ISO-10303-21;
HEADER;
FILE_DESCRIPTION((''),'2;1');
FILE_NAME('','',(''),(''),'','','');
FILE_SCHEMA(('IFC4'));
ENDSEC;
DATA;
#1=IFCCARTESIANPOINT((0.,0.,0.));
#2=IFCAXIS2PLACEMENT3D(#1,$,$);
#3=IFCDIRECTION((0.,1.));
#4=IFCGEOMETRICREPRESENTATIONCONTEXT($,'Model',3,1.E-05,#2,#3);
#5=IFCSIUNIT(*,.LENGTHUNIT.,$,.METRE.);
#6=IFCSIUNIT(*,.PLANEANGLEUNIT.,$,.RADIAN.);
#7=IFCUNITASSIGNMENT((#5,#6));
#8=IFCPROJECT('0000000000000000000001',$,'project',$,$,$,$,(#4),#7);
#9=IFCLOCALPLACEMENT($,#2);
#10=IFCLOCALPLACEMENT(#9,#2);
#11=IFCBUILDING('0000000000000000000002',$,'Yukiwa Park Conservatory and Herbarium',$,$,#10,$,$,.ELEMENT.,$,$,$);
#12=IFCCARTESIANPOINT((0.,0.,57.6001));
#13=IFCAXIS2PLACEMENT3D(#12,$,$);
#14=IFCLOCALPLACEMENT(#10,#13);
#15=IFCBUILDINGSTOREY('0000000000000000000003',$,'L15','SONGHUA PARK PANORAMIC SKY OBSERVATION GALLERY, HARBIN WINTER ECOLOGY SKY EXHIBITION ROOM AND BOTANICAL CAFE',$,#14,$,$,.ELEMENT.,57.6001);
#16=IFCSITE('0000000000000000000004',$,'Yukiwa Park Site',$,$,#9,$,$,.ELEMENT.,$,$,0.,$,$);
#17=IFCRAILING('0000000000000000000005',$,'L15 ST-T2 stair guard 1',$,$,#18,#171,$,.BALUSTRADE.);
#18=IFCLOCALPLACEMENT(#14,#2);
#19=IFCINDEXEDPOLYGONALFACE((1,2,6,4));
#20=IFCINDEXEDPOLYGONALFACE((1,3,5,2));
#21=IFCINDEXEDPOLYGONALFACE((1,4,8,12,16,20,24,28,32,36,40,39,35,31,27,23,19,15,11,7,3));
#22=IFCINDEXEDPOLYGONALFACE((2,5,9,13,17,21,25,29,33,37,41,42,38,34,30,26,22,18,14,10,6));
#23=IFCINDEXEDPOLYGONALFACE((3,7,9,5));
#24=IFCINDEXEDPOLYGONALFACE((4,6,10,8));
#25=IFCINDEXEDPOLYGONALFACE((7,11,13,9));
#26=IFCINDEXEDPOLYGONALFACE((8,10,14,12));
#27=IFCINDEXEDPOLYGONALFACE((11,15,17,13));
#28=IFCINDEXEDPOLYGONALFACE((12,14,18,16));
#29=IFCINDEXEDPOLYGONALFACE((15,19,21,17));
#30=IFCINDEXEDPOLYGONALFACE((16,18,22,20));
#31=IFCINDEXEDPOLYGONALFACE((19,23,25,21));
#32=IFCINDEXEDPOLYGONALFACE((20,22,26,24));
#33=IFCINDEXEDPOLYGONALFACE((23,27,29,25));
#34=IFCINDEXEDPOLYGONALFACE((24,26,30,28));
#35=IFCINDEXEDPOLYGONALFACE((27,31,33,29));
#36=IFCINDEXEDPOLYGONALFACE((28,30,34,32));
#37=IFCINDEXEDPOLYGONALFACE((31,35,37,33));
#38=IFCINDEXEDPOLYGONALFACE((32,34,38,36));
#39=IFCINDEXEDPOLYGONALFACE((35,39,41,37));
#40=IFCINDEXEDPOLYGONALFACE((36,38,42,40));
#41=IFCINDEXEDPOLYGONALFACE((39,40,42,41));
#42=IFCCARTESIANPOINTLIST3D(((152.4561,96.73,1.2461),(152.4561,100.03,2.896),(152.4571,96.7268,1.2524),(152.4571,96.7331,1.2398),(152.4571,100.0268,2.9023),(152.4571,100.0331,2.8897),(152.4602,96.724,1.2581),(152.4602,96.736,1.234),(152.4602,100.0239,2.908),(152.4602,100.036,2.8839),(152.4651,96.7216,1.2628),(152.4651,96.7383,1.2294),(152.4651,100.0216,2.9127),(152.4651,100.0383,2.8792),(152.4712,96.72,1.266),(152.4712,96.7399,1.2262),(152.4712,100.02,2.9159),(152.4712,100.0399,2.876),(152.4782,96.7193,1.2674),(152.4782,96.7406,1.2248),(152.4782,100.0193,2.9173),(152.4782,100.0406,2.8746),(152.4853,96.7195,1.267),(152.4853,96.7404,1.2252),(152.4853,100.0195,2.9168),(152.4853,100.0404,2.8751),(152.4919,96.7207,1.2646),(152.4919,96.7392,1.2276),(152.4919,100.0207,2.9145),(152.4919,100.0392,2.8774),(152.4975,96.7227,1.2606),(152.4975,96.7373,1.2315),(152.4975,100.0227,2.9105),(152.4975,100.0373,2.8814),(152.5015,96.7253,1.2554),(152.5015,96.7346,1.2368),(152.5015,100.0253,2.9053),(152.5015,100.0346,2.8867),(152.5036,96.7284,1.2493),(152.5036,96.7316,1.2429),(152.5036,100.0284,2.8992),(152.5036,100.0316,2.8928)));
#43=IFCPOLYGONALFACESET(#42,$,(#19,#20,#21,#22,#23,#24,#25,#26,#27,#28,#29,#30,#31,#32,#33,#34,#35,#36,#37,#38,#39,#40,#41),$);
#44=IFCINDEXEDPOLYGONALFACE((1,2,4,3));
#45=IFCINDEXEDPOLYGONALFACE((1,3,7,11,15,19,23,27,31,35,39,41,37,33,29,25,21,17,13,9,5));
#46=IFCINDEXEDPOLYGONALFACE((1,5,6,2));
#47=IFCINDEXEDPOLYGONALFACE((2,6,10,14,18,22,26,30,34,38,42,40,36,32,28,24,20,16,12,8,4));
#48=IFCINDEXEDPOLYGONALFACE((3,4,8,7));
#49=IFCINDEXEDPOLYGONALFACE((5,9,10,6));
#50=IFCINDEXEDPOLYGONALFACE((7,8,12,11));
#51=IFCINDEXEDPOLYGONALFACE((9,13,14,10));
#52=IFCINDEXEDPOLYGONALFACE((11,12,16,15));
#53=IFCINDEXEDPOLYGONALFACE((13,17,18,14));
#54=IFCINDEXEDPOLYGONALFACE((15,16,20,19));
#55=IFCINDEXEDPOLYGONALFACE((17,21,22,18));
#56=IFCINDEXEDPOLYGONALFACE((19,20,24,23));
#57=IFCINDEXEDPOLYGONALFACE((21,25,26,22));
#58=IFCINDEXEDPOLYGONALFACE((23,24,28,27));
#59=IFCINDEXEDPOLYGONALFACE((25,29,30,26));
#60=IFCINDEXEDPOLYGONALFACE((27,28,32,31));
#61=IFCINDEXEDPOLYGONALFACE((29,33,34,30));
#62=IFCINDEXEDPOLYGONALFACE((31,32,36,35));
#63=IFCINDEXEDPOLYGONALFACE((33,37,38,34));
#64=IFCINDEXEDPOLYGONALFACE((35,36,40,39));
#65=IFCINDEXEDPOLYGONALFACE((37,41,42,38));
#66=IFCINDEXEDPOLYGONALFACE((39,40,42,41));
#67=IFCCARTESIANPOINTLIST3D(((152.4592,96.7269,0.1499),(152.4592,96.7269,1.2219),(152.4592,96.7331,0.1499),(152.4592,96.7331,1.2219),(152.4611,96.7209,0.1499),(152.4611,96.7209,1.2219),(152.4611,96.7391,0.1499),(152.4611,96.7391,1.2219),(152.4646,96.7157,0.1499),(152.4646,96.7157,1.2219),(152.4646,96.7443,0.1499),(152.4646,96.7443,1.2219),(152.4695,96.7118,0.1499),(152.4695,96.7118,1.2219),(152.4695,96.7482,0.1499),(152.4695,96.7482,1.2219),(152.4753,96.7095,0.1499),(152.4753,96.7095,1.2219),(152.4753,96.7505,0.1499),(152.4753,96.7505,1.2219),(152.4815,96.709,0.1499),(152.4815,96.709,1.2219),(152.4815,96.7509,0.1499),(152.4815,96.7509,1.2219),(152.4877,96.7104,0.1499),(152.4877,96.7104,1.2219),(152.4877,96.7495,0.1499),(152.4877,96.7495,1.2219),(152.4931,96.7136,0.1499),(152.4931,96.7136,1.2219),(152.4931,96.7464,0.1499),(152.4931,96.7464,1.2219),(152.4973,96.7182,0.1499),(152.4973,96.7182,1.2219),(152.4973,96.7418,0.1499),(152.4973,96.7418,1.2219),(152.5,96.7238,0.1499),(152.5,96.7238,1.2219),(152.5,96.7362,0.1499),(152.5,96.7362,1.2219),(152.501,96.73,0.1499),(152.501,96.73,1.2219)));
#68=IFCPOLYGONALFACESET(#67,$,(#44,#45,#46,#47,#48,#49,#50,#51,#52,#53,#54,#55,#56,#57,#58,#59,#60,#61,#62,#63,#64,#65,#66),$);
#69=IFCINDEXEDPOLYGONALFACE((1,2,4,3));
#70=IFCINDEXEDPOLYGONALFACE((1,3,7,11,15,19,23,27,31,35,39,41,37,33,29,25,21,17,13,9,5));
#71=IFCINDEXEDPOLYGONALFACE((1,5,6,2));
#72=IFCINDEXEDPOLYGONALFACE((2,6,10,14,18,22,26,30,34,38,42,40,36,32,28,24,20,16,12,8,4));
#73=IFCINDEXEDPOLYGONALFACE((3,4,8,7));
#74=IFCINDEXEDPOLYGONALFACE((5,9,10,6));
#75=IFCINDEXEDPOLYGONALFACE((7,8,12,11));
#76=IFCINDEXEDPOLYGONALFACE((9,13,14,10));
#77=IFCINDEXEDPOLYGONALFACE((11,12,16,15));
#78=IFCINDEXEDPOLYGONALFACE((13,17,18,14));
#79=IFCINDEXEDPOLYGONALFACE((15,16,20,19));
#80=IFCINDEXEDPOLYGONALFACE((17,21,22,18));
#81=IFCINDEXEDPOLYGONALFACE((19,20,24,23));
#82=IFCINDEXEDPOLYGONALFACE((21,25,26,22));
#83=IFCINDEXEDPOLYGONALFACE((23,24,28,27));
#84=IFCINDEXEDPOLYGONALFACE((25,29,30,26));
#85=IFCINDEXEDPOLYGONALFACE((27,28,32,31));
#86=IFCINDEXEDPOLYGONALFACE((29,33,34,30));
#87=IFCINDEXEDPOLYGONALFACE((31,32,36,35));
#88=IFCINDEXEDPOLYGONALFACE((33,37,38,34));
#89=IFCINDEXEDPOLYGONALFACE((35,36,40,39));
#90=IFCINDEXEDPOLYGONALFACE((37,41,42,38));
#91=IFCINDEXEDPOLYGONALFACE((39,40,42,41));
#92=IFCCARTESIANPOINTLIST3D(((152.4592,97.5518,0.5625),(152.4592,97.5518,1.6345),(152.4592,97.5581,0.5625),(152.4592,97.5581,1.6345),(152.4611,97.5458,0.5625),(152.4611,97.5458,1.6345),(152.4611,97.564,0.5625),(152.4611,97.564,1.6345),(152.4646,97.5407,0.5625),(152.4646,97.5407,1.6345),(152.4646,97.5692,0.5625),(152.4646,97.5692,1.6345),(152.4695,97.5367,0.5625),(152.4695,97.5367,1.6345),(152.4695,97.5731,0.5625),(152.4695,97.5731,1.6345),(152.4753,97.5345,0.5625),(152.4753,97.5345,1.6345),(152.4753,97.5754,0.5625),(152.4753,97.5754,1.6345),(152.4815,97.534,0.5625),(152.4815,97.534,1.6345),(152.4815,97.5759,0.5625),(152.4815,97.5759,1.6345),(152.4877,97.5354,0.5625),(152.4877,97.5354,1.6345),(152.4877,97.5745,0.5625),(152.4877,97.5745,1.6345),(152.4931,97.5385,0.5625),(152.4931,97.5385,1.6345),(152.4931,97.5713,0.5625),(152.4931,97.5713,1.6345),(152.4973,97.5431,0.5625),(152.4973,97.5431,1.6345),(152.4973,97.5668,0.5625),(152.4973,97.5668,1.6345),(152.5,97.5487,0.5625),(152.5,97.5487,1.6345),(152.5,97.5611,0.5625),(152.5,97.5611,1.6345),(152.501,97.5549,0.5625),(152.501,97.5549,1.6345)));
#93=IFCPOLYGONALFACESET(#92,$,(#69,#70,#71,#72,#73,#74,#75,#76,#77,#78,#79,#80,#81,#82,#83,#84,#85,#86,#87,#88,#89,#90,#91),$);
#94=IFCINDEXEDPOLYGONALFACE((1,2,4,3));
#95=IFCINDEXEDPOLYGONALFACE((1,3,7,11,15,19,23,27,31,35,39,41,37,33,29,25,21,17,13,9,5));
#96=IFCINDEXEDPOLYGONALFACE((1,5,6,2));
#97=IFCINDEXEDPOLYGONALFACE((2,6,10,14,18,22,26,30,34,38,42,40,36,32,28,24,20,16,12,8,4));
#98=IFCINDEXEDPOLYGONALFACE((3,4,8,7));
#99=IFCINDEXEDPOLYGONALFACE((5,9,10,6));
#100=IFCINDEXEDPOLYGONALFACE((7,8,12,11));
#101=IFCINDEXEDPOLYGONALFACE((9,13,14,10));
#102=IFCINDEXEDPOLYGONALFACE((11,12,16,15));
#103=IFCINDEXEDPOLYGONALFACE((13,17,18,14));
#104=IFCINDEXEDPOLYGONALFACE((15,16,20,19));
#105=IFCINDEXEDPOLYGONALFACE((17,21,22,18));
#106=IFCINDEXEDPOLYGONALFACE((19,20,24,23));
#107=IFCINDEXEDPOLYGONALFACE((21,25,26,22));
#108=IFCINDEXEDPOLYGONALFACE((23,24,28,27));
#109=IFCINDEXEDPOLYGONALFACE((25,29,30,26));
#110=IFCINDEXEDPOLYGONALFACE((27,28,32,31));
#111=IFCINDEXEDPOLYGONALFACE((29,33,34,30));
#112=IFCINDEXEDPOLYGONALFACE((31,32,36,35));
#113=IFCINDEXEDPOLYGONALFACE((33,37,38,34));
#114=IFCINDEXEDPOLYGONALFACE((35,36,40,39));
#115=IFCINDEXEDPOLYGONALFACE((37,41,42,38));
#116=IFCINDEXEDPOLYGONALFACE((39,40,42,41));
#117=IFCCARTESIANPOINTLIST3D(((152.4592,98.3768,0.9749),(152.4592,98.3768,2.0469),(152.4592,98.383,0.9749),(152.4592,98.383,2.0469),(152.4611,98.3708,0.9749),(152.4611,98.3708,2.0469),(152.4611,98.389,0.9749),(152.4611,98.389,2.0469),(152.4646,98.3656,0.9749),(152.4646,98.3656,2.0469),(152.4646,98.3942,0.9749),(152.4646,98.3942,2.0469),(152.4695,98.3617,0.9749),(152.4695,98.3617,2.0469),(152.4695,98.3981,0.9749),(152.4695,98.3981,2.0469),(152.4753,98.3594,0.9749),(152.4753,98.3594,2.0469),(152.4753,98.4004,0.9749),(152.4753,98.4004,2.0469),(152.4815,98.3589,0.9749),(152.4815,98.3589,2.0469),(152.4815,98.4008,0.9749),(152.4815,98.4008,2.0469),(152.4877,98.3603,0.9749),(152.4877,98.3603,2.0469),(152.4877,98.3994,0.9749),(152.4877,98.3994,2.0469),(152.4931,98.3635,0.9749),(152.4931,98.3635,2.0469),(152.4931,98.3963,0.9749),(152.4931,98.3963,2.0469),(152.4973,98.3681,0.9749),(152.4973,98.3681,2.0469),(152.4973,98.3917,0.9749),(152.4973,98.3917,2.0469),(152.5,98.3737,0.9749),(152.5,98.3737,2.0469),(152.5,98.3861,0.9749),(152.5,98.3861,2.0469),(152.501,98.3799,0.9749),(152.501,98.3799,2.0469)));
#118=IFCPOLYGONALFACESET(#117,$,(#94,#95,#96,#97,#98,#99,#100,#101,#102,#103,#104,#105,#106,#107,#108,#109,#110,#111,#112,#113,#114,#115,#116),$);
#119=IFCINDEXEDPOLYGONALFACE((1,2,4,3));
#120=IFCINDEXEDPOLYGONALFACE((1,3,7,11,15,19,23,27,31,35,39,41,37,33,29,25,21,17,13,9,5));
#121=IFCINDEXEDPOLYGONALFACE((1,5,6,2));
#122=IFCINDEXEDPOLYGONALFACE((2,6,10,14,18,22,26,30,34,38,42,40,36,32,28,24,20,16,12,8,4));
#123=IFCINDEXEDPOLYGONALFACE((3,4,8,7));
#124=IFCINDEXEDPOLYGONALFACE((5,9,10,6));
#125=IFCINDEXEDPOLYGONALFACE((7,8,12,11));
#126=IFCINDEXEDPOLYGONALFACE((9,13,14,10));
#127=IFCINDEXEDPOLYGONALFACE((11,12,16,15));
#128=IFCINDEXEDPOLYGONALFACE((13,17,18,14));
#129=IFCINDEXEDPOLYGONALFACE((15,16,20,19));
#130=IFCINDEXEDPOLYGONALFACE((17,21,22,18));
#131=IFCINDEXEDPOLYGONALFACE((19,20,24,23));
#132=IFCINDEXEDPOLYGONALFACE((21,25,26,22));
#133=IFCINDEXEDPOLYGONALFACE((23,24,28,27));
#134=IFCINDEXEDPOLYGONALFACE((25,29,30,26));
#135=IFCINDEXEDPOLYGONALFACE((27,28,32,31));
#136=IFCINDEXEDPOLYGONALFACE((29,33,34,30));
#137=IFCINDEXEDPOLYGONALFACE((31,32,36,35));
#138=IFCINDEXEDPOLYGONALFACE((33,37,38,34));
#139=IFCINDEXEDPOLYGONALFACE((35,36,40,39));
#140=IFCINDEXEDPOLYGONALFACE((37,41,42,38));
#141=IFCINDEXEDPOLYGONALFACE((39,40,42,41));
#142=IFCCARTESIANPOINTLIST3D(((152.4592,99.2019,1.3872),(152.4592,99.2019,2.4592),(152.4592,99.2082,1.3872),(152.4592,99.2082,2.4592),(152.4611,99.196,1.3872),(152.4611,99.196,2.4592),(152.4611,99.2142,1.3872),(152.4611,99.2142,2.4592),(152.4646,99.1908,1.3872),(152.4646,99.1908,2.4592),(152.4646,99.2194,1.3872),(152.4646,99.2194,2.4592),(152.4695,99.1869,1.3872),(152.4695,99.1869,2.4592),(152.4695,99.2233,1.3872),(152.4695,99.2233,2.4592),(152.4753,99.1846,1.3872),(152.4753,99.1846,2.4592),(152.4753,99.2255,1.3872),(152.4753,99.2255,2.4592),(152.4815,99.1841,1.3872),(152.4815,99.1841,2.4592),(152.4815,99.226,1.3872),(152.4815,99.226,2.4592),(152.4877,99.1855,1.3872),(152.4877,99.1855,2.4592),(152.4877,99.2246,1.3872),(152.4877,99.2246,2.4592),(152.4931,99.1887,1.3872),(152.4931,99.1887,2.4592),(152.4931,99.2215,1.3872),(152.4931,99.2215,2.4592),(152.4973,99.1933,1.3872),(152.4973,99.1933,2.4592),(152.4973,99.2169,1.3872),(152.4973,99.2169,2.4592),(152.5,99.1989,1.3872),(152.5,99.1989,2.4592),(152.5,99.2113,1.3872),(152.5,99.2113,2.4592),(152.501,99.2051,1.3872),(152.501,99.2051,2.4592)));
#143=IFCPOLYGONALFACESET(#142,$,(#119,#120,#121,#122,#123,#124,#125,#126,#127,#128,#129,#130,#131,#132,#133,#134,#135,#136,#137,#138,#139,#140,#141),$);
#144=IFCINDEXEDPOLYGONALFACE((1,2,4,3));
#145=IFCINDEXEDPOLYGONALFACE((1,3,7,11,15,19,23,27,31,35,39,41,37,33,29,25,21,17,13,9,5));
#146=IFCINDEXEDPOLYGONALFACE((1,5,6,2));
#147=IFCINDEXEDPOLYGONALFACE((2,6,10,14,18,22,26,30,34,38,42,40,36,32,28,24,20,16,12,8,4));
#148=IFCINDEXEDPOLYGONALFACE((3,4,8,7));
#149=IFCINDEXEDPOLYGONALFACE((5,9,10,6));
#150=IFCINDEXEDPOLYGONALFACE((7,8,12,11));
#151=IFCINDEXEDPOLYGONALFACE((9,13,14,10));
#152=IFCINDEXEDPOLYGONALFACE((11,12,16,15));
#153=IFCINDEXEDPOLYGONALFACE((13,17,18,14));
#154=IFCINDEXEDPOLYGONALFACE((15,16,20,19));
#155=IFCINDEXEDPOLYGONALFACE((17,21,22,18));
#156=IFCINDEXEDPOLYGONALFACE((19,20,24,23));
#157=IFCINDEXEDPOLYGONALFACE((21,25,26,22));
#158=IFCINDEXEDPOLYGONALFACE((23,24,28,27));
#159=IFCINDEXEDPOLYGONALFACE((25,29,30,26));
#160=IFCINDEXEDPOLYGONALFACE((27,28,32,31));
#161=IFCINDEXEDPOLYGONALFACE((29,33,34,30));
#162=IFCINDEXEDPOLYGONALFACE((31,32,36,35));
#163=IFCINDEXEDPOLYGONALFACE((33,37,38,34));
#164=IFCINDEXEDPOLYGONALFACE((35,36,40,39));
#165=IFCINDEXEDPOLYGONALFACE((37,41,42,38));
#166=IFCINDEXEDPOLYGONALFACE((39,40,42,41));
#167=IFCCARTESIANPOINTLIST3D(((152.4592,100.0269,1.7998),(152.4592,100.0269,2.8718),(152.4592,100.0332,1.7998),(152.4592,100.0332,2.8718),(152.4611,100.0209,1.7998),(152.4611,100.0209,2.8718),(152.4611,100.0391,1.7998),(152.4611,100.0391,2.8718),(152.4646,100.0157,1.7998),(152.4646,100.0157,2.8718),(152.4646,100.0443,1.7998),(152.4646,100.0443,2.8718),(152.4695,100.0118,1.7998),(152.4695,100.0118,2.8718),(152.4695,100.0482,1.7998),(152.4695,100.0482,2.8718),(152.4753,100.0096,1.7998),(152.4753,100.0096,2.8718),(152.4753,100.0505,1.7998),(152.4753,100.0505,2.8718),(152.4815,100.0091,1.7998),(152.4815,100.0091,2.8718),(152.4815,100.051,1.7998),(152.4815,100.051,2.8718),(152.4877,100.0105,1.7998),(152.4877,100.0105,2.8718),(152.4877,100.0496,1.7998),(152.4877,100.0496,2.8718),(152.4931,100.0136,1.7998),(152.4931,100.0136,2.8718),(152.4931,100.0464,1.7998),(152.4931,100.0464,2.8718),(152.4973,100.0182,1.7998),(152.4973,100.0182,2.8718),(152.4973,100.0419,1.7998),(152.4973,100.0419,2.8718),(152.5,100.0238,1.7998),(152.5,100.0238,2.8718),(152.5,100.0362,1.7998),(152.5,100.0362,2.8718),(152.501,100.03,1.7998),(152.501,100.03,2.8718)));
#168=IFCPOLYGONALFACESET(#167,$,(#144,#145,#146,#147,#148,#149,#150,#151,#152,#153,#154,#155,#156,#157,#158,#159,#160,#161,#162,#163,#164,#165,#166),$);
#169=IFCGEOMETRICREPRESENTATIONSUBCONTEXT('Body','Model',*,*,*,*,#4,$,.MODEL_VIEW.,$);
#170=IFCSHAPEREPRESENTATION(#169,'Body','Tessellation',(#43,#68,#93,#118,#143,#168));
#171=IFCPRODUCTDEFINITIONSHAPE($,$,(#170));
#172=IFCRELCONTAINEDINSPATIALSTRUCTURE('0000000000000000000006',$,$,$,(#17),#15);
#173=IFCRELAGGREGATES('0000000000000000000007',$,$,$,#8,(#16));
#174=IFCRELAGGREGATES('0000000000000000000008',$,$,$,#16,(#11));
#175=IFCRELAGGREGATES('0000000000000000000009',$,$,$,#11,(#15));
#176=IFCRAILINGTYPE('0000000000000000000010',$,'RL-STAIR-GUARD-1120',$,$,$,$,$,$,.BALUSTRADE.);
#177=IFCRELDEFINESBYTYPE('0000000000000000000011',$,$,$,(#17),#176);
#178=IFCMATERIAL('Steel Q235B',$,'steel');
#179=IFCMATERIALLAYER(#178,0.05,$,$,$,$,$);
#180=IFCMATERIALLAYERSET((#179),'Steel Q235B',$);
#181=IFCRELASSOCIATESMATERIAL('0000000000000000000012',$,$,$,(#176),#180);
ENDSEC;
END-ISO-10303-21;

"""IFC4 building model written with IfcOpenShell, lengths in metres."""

from ifc_helpers import new_model, si_unit, direction, frame, origin, origin_2d, place, context, subcontext, project, spatial, circle, extrude, material, layer, layer_set, type_object, element, save


model = new_model("IFC4")

# Units and contexts
model_context = context("Model", 3, precision=1e-05, world=origin(), true_north=direction((0.0, 1.0)))
body_context = subcontext(model_context, "Body", "Model", "MODEL_VIEW")
ifc_project = project(units=[si_unit("LENGTHUNIT", "METRE"), si_unit("PLANEANGLEUNIT", "RADIAN")], contexts=[model_context])

# Site, building, storey
site_placement = place(None, origin())
site = spatial("IfcSite", under=ifc_project, at=site_placement, Name="Yukiwa Park Site", CompositionType="ELEMENT", RefElevation=0.0)
building_placement = place(site_placement, origin())
building = spatial("IfcBuilding", under=site, at=building_placement, Name="Yukiwa Park Conservatory and Herbarium", CompositionType="ELEMENT")
storey_placement = place(building_placement, frame((0.0, 0.0, 57.6001)))
storey = spatial("IfcBuildingStorey", under=building, at=storey_placement, Name="L15", Description="SONGHUA PARK PANORAMIC SKY OBSERVATION GALLERY, HARBIN WINTER ECOLOGY SKY EXHIBITION ROOM AND BOTANICAL CAFE", CompositionType="ELEMENT", Elevation=57.6001)

# Railing
ifc_material_1 = material(Name="Steel Q235B", Category="steel")
ifc_layer_1 = layer(ifc_material_1, 0.05)
ifc_layer_set_1 = layer_set([ifc_layer_1], Name="Steel Q235B")
railing_type_1 = type_object("IfcRailingType", Name="RL-STAIR-GUARD-1120", PredefinedType="BALUSTRADE", material=ifc_layer_set_1)
railing_1_placement = place(storey_placement, frame((152.48, 96.73, 0.1499)))
element("IfcRailing", 1, at=railing_1_placement, inside=storey, type_object=railing_type_1, Name="L15 ST-T2 stair guard 1", PredefinedType="BALUSTRADE", context=body_context, shape_type="SweptSolid", body=[
    extrude(circle(Radius=0.0239, at=origin_2d()), frame((0.0, 0.0, 1.0962), z_axis=(0.0, 0.89444, 0.447187), x_axis=(-1.0, 0.0, 0.0)), (0.0, 0.0, 1.0), 3.6895),
    extrude(circle(Radius=0.021, at=origin_2d()), origin(), (0.0, 0.0, 1.0), 1.072),
    extrude(circle(Radius=0.021, at=origin_2d()), frame((0.0, 0.825, 0.4126)), (0.0, 0.0, 1.0), 1.072),
    extrude(circle(Radius=0.021, at=origin_2d()), frame((0.0, 1.6499, 0.825)), (0.0, 0.0, 1.0), 1.072),
    extrude(circle(Radius=0.021, at=origin_2d()), frame((0.0, 2.4751, 1.2373)), (0.0, 0.0, 1.0), 1.072),
    extrude(circle(Radius=0.021, at=origin_2d()), frame((0.0, 3.3, 1.6499)), (0.0, 0.0, 1.0), 1.072),
])

save(model, "model.ifc")
